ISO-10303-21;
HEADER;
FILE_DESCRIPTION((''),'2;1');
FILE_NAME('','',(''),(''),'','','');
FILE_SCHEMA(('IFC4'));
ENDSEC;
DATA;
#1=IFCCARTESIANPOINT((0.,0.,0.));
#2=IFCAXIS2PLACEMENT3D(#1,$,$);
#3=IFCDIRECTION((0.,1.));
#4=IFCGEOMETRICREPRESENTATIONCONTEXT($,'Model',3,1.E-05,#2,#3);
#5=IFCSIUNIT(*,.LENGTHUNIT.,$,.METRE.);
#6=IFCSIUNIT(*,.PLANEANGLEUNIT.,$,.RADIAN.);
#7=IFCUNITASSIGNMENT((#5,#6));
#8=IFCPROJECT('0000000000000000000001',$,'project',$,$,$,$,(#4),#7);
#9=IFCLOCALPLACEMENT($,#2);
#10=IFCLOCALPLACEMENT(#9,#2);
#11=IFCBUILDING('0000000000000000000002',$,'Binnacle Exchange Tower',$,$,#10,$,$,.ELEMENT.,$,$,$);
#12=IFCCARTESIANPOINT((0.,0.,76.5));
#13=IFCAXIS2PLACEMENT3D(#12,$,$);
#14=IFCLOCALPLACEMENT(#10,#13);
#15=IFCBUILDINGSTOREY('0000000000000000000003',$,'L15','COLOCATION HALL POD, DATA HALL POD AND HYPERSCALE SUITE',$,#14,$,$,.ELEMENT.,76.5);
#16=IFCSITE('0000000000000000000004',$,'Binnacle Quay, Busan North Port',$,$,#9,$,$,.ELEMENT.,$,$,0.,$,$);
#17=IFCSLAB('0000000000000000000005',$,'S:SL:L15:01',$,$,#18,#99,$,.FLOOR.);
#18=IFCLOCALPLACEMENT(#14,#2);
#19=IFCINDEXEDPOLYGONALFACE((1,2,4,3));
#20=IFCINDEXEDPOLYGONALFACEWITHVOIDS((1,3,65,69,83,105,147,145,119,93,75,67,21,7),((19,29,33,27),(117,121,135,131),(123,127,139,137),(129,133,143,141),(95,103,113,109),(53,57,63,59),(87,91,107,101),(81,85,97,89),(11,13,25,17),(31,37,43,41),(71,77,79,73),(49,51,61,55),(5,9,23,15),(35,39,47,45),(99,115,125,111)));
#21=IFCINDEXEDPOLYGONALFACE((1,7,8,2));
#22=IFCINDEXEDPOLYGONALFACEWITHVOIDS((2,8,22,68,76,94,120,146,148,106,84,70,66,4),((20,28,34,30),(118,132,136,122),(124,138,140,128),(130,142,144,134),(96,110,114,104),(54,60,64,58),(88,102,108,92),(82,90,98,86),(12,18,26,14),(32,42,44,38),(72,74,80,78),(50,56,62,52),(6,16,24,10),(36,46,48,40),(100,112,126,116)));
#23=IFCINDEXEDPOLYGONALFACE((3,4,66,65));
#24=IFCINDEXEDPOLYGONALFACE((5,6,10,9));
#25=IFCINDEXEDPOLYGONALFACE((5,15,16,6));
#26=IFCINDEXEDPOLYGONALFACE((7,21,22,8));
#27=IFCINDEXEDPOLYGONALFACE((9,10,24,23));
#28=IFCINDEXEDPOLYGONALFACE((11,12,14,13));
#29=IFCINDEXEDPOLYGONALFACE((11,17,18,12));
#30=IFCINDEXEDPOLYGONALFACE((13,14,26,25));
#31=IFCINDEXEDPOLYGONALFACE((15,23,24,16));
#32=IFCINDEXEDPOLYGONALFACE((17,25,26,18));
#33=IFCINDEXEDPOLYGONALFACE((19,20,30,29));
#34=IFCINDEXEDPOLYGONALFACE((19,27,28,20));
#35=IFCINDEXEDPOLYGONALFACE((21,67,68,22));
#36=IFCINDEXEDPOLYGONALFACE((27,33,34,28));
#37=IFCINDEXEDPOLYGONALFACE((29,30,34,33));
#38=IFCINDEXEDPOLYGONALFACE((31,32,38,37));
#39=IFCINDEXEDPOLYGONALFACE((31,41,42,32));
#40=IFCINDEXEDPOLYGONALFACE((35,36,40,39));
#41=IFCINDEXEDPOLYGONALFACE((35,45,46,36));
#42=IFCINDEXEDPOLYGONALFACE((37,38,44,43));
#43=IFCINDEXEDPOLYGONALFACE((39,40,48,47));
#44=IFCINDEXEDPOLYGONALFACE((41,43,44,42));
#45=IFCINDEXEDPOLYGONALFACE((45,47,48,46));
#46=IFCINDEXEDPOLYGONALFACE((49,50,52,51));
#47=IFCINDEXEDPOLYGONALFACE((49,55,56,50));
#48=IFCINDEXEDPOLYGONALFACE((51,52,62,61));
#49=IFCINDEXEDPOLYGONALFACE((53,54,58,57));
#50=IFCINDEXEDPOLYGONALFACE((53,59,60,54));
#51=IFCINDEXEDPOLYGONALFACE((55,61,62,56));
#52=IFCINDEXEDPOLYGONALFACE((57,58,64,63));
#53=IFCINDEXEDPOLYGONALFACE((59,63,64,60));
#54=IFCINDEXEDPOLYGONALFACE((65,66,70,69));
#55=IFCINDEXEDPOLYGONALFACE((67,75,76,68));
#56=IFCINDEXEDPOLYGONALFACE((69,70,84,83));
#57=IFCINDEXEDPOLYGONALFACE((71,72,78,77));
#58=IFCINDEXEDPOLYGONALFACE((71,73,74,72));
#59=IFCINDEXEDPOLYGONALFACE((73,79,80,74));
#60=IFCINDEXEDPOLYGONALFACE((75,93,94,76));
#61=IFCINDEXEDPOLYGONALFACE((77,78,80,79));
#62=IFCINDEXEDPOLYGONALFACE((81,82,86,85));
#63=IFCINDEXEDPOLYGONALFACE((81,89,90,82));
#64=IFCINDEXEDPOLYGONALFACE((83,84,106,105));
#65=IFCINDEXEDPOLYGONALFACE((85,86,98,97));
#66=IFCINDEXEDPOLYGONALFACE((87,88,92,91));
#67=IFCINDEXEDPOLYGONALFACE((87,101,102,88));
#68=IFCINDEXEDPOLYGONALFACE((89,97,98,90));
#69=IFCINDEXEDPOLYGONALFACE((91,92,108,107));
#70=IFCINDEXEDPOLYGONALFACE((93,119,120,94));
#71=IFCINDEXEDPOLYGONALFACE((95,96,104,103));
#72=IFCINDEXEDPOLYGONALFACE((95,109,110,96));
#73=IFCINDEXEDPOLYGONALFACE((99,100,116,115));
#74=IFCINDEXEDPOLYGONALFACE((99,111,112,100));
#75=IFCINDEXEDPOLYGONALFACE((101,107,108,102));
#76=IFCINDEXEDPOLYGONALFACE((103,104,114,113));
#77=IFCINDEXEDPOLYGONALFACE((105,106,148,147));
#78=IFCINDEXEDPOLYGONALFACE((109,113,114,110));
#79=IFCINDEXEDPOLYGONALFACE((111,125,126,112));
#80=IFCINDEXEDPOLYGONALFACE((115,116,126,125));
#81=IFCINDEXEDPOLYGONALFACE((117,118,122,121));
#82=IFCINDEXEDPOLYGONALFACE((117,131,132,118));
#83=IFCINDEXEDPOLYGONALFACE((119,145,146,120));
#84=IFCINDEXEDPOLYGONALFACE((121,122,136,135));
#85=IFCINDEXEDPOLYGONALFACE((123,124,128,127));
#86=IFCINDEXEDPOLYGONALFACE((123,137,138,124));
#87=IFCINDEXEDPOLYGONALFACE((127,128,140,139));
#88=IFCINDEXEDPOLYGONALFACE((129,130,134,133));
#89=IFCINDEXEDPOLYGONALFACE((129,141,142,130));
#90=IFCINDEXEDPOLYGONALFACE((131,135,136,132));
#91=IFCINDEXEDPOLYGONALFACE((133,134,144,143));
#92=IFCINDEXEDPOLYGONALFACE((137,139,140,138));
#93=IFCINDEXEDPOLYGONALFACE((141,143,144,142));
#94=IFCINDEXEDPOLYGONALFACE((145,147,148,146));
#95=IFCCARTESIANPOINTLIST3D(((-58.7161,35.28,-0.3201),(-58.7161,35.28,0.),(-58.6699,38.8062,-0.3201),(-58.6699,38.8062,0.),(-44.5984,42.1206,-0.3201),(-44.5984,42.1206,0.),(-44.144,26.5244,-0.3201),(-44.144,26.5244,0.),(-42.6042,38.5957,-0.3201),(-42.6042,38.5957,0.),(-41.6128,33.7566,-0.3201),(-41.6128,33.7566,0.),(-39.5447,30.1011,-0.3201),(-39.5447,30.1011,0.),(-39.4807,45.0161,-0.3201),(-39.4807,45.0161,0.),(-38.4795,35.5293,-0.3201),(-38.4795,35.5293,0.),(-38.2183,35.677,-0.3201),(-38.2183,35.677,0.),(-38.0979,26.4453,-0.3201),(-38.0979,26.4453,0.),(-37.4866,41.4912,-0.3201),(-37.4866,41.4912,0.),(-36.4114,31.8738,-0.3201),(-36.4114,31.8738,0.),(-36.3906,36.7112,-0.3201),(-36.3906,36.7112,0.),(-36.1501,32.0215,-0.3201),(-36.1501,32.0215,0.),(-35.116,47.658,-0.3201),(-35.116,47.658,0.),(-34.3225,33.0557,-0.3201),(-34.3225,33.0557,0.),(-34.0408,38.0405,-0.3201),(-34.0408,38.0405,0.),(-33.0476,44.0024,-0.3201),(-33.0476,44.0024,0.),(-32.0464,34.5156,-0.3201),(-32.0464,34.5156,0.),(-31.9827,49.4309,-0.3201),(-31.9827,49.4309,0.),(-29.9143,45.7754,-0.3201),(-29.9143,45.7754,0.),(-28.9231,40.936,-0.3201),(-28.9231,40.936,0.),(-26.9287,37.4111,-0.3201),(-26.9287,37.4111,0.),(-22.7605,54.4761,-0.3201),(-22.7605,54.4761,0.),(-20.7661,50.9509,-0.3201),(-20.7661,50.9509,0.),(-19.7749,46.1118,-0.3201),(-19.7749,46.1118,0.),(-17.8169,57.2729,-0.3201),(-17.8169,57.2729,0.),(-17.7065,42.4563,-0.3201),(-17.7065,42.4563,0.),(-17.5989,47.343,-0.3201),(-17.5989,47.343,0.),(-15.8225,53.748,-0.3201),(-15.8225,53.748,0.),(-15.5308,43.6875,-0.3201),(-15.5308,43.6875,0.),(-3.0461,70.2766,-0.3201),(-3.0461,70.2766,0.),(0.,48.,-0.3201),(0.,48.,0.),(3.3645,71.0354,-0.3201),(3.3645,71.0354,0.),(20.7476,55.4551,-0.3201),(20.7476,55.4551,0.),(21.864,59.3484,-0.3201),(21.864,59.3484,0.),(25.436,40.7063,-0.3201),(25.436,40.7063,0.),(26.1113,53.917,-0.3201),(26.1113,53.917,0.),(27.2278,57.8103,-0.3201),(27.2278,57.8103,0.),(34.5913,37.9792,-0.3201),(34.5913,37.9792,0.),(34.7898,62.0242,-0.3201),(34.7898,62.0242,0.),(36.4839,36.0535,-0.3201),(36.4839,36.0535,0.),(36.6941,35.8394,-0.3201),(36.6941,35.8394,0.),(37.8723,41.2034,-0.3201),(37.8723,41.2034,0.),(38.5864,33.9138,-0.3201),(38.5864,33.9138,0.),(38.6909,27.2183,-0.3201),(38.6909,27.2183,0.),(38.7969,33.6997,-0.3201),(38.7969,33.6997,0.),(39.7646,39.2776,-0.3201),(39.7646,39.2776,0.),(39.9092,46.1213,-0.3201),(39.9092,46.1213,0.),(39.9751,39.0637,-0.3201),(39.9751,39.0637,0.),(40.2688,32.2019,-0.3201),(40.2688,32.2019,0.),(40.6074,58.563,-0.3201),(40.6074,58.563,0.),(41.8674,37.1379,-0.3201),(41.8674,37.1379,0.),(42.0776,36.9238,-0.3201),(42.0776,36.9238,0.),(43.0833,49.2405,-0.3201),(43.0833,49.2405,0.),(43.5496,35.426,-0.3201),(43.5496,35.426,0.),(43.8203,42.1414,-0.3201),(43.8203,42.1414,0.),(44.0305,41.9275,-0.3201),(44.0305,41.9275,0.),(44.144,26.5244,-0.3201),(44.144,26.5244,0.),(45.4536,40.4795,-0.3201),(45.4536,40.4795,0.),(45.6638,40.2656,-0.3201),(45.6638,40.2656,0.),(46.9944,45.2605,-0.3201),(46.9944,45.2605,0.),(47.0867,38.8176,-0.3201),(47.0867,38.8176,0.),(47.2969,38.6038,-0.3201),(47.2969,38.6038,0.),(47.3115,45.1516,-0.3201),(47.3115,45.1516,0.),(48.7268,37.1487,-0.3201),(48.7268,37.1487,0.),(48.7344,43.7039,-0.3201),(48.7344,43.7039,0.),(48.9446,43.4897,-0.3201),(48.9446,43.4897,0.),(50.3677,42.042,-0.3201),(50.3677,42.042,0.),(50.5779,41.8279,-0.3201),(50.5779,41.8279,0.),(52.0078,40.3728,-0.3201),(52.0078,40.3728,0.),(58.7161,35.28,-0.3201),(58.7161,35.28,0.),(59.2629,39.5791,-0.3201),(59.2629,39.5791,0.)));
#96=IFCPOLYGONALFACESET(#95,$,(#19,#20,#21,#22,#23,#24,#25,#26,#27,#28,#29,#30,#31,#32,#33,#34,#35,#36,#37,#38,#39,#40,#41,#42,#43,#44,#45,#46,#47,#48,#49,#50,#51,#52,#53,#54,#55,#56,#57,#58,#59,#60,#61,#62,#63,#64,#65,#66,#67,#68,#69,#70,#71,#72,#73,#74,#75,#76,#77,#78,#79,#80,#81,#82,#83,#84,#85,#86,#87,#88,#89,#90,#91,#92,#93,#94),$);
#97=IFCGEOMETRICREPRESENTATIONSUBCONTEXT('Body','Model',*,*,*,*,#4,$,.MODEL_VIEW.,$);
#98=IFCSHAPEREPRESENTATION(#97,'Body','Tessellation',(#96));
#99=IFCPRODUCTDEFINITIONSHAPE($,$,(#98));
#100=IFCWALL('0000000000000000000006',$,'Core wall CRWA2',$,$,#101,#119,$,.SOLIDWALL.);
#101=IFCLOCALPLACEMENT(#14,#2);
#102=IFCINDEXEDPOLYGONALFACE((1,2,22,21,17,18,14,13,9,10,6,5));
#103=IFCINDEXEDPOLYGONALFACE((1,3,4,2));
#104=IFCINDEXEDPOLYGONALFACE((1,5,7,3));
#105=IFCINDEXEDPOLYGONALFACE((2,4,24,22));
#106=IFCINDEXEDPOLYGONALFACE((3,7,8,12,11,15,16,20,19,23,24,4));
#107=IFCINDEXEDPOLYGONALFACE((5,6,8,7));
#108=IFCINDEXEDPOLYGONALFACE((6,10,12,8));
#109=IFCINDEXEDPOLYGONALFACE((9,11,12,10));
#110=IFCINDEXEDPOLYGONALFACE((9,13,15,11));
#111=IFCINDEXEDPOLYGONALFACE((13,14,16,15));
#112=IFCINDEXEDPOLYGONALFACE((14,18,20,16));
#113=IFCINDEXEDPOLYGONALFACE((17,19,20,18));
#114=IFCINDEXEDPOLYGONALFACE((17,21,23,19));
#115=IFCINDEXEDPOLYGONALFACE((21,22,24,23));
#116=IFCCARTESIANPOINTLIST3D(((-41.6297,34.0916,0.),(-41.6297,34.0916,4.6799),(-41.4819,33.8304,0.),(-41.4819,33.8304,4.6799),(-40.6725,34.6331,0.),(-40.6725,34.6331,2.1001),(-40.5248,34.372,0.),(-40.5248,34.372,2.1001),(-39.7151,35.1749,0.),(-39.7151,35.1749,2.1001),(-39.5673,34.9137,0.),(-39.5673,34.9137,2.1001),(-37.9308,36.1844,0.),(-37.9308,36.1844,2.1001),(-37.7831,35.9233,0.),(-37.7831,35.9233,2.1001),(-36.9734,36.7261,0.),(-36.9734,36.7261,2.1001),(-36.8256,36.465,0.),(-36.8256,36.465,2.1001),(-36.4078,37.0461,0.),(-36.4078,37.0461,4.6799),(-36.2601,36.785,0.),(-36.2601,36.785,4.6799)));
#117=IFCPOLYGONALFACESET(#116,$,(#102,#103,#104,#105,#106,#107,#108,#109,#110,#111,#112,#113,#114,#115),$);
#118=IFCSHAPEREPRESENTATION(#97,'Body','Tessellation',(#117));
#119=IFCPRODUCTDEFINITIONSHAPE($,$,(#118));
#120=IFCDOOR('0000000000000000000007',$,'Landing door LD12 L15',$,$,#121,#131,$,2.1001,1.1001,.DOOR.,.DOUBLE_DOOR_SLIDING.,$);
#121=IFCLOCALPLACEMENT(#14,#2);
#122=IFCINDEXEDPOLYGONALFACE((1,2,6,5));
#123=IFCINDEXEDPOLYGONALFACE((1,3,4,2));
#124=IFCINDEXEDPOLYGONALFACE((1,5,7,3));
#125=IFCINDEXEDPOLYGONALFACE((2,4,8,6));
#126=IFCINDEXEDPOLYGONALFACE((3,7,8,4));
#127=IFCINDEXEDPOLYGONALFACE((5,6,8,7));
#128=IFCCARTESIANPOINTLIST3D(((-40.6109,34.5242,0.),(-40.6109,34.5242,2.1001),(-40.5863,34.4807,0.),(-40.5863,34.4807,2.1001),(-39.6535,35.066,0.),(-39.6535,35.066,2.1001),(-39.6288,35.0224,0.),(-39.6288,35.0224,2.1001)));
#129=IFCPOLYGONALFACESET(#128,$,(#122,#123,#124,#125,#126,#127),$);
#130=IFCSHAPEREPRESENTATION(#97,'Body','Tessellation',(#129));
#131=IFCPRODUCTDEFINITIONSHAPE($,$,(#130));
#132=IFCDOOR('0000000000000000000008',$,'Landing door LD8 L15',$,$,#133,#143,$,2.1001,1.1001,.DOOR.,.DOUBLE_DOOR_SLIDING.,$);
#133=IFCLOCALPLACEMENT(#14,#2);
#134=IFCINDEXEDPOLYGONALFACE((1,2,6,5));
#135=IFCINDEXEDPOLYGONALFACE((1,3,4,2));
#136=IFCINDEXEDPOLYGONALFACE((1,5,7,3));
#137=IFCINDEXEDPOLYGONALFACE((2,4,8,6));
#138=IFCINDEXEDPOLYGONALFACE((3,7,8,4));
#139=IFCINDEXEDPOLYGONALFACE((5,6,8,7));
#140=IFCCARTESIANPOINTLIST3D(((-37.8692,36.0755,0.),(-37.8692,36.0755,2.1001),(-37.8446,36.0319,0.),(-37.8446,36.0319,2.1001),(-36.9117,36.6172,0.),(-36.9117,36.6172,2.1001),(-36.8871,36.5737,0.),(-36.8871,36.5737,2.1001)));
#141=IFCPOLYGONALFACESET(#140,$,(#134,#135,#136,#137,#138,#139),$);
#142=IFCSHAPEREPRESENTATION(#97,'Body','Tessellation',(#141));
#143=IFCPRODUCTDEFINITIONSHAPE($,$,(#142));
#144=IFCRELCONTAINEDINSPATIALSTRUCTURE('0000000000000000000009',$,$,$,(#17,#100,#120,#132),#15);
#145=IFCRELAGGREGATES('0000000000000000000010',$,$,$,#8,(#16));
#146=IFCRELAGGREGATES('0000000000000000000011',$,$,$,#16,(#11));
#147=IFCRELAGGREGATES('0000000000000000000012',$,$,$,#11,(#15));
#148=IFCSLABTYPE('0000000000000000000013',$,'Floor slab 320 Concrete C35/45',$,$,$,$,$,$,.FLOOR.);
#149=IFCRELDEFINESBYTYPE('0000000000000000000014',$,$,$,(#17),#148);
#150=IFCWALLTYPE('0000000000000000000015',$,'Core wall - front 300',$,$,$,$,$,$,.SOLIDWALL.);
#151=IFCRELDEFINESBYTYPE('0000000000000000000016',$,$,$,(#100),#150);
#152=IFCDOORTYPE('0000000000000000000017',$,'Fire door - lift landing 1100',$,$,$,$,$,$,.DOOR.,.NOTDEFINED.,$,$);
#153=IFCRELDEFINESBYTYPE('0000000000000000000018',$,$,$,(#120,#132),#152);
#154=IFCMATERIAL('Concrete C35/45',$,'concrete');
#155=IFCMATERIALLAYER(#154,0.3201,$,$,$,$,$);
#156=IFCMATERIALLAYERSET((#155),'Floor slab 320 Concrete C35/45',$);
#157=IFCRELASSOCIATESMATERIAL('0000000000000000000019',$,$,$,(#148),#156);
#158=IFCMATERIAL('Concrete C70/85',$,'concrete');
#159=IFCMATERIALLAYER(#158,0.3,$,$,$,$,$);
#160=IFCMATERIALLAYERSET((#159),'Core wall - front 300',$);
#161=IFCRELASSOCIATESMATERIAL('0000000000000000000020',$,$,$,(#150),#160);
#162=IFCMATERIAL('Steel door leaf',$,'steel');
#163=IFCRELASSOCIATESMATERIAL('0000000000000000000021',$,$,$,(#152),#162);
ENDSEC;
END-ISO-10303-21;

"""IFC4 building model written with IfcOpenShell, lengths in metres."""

from ifc_helpers import new_model, si_unit, direction, frame, frame_2d, origin, place, context, subcontext, project, spatial, polyline, rectangle, outline, extrude, material, layer, layer_set, type_object, element, fill, save


model = new_model("IFC4")

# Units and contexts
model_context = context("Model", 3, precision=1e-05, world=origin(), true_north=direction((0.0, 1.0)))
body_context = subcontext(model_context, "Body", "Model", "MODEL_VIEW")
ifc_project = project(units=[si_unit("LENGTHUNIT", "METRE"), si_unit("PLANEANGLEUNIT", "RADIAN")], contexts=[model_context])

# Site, building, storey
site_placement = place(None, origin())
site = spatial("IfcSite", under=ifc_project, at=site_placement, Name="Binnacle Quay, Busan North Port", CompositionType="ELEMENT", RefElevation=0.0)
building_placement = place(site_placement, origin())
building = spatial("IfcBuilding", under=site, at=building_placement, Name="Binnacle Exchange Tower", CompositionType="ELEMENT")
storey_placement = place(building_placement, frame((0.0, 0.0, 76.5)))
storey = spatial("IfcBuildingStorey", under=building, at=storey_placement, Name="L15", Description="COLOCATION HALL POD, DATA HALL POD AND HYPERSCALE SUITE", CompositionType="ELEMENT", Elevation=76.5)

# Shared definitions
ifc_material_1 = material(Name="Concrete C70/85", Category="concrete")

# Slab
ifc_material_2 = material(Name="Concrete C35/45", Category="concrete")
ifc_layer_1 = layer(ifc_material_2, 0.3201)
ifc_layer_set_1 = layer_set([ifc_layer_1], Name="Floor slab 320 Concrete C35/45")
slab_type = type_object("IfcSlabType", Name="Floor slab 320 Concrete C35/45", PredefinedType="FLOOR", material=ifc_layer_set_1)
slab_placement = place(storey_placement, frame((0.0, 0.0, -0.3201)))
element("IfcSlab", 1, at=slab_placement, inside=storey, type_object=slab_type, Name="S:SL:L15:01", PredefinedType="FLOOR", context=body_context, shape_type="SweptSolid", body=[
    extrude(outline(polyline([(59.2629, 39.5791), (58.7161, 35.28), (44.144, 26.5244), (38.6909, 27.2183), (25.436, 40.7063), (0.0, 48.0), (-38.0979, 26.4453), (-44.144, 26.5244), (-58.7161, 35.28), (-58.6699, 38.8062), (-3.0461, 70.2766), (3.3645, 71.0354), (34.7898, 62.0242), (40.6074, 58.563), (59.2629, 39.5791)]), holes=[polyline([(-38.4795, 35.5293), (-41.6128, 33.7566), (-39.5447, 30.1011), (-36.4114, 31.8738), (-38.4795, 35.5293)]), polyline([(-34.3225, 33.0557), (-36.3906, 36.7112), (-38.2183, 35.677), (-36.1501, 32.0215), (-34.3225, 33.0557)]), polyline([(-34.0408, 38.0405), (-32.0464, 34.5156), (-26.9287, 37.4111), (-28.9231, 40.936), (-34.0408, 38.0405)]), polyline([(-37.4866, 41.4912), (-39.4807, 45.0161), (-44.5984, 42.1206), (-42.6042, 38.5957), (-37.4866, 41.4912)]), polyline([(-15.5308, 43.6875), (-17.5989, 47.343), (-19.7749, 46.1118), (-17.7065, 42.4563), (-15.5308, 43.6875)]), polyline([(-29.9143, 45.7754), (-31.9827, 49.4309), (-35.116, 47.658), (-33.0476, 44.0024), (-29.9143, 45.7754)]), polyline([(-15.8225, 53.748), (-17.8169, 57.2729), (-22.7605, 54.4761), (-20.7661, 50.9509), (-15.8225, 53.748)]), polyline([(26.1113, 53.917), (27.2278, 57.8103), (21.864, 59.3484), (20.7476, 55.4551), (26.1113, 53.917)]), polyline([(40.2688, 32.2019), (43.5496, 35.426), (42.0776, 36.9238), (38.7969, 33.6997), (40.2688, 32.2019)]), polyline([(38.5864, 33.9138), (41.8674, 37.1379), (39.9751, 39.0637), (36.6941, 35.8394), (38.5864, 33.9138)]), polyline([(36.4839, 36.0535), (39.7646, 39.2776), (37.8723, 41.2034), (34.5913, 37.9792), (36.4839, 36.0535)]), polyline([(48.7268, 37.1487), (52.0078, 40.3728), (50.5779, 41.8279), (47.2969, 38.6038), (48.7268, 37.1487)]), polyline([(47.0867, 38.8176), (50.3677, 42.042), (48.9446, 43.4897), (45.6638, 40.2656), (47.0867, 38.8176)]), polyline([(45.4536, 40.4795), (48.7344, 43.7039), (47.3115, 45.1516), (44.0305, 41.9275), (45.4536, 40.4795)]), polyline([(43.8203, 42.1414), (46.9944, 45.2605), (43.0833, 49.2405), (39.9092, 46.1213), (43.8203, 42.1414)])]), origin(), (0.0, 0.0, 1.0), 0.3201),
])

# Wall, openings, doors
ifc_layer_2 = layer(ifc_material_1, 0.3)
ifc_layer_set_2 = layer_set([ifc_layer_2], Name="Core wall - front 300")
wall_type_1 = type_object("IfcWallType", Name="Core wall - front 300", PredefinedType="SOLIDWALL", material=ifc_layer_set_2)
wall_1_placement = place(storey_placement, frame((-41.5559, 33.9609, 0.0), z_axis=(0.0, 0.0, 1.0), x_axis=(0.870344, 0.492445, 0.0)))
wall_1 = element("IfcWall", 2, at=wall_1_placement, inside=storey, type_object=wall_type_1, Name="Core wall CRWA2", PredefinedType="SOLIDWALL", context=body_context, shape_type="SweptSolid", body=[
    extrude(rectangle(XDim=5.9998, YDim=0.3, at=frame_2d((3.0, 0.0))), origin(), (0.0, 0.0, 1.0), 4.6799),
])
opening_1_placement = place(wall_1_placement, frame((1.0999, 0.0, 0.0)))
opening_1 = element("IfcOpeningElement", 3, at=opening_1_placement, cuts=wall_1, PredefinedType="OPENING", context=body_context, shape_type="SweptSolid", body=[
    extrude(rectangle(XDim=1.1001, YDim=2.1001, at=frame_2d((0.55, 1.05))), frame((0.0, 0.1599, 0.0), z_axis=(0.0, -1.0, 0.0), x_axis=(1.0, 0.0, 0.0)), (0.0, 0.0, 1.0), 0.3201),
])
opening_2_placement = place(wall_1_placement, frame((4.25, 0.0, 0.0)))
opening_2 = element("IfcOpeningElement", 4, at=opening_2_placement, cuts=wall_1, PredefinedType="OPENING", context=body_context, shape_type="SweptSolid", body=[
    extrude(rectangle(XDim=1.1001, YDim=2.1001, at=frame_2d((0.55, 1.05))), frame((0.0, 0.1599, 0.0), z_axis=(0.0, -1.0, 0.0), x_axis=(1.0, 0.0, 0.0)), (0.0, 0.0, 1.0), 0.3201),
])
ifc_material_3 = material(Name="Steel door leaf", Category="steel")
door_type_1 = type_object("IfcDoorType", Name="Fire door - lift landing 1100", OperationType="NOTDEFINED", PredefinedType="DOOR", material=ifc_material_3)
door_1_placement = place(opening_1_placement, origin())
door_1 = element("IfcDoor", 5, at=door_1_placement, inside=storey, type_object=door_type_1, Name="Landing door LD12 L15", OperationType="DOUBLE_DOOR_SLIDING", OverallHeight=2.1001, OverallWidth=1.1001, PredefinedType="DOOR", context=body_context, shape_type="SweptSolid", body=[
    extrude(rectangle(XDim=1.1001, YDim=2.1001, at=frame_2d((0.55, 1.05))), frame((0.0, 0.0249, 0.0), z_axis=(0.0, -1.0, 0.0), x_axis=(1.0, 0.0, 0.0)), (0.0, 0.0, 1.0), 0.05),
])
fill(opening_1, door_1)
door_2_placement = place(opening_2_placement, origin())
door_2 = element("IfcDoor", 6, at=door_2_placement, inside=storey, type_object=door_type_1, Name="Landing door LD8 L15", OperationType="DOUBLE_DOOR_SLIDING", OverallHeight=2.1001, OverallWidth=1.1001, PredefinedType="DOOR", context=body_context, shape_type="SweptSolid", body=[
    extrude(rectangle(XDim=1.1001, YDim=2.1001, at=frame_2d((0.55, 1.05))), frame((0.0, 0.0249, 0.0), z_axis=(0.0, -1.0, 0.0), x_axis=(1.0, 0.0, 0.0)), (0.0, 0.0, 1.0), 0.05),
])
fill(opening_2, door_2)

save(model, "model.ifc")
